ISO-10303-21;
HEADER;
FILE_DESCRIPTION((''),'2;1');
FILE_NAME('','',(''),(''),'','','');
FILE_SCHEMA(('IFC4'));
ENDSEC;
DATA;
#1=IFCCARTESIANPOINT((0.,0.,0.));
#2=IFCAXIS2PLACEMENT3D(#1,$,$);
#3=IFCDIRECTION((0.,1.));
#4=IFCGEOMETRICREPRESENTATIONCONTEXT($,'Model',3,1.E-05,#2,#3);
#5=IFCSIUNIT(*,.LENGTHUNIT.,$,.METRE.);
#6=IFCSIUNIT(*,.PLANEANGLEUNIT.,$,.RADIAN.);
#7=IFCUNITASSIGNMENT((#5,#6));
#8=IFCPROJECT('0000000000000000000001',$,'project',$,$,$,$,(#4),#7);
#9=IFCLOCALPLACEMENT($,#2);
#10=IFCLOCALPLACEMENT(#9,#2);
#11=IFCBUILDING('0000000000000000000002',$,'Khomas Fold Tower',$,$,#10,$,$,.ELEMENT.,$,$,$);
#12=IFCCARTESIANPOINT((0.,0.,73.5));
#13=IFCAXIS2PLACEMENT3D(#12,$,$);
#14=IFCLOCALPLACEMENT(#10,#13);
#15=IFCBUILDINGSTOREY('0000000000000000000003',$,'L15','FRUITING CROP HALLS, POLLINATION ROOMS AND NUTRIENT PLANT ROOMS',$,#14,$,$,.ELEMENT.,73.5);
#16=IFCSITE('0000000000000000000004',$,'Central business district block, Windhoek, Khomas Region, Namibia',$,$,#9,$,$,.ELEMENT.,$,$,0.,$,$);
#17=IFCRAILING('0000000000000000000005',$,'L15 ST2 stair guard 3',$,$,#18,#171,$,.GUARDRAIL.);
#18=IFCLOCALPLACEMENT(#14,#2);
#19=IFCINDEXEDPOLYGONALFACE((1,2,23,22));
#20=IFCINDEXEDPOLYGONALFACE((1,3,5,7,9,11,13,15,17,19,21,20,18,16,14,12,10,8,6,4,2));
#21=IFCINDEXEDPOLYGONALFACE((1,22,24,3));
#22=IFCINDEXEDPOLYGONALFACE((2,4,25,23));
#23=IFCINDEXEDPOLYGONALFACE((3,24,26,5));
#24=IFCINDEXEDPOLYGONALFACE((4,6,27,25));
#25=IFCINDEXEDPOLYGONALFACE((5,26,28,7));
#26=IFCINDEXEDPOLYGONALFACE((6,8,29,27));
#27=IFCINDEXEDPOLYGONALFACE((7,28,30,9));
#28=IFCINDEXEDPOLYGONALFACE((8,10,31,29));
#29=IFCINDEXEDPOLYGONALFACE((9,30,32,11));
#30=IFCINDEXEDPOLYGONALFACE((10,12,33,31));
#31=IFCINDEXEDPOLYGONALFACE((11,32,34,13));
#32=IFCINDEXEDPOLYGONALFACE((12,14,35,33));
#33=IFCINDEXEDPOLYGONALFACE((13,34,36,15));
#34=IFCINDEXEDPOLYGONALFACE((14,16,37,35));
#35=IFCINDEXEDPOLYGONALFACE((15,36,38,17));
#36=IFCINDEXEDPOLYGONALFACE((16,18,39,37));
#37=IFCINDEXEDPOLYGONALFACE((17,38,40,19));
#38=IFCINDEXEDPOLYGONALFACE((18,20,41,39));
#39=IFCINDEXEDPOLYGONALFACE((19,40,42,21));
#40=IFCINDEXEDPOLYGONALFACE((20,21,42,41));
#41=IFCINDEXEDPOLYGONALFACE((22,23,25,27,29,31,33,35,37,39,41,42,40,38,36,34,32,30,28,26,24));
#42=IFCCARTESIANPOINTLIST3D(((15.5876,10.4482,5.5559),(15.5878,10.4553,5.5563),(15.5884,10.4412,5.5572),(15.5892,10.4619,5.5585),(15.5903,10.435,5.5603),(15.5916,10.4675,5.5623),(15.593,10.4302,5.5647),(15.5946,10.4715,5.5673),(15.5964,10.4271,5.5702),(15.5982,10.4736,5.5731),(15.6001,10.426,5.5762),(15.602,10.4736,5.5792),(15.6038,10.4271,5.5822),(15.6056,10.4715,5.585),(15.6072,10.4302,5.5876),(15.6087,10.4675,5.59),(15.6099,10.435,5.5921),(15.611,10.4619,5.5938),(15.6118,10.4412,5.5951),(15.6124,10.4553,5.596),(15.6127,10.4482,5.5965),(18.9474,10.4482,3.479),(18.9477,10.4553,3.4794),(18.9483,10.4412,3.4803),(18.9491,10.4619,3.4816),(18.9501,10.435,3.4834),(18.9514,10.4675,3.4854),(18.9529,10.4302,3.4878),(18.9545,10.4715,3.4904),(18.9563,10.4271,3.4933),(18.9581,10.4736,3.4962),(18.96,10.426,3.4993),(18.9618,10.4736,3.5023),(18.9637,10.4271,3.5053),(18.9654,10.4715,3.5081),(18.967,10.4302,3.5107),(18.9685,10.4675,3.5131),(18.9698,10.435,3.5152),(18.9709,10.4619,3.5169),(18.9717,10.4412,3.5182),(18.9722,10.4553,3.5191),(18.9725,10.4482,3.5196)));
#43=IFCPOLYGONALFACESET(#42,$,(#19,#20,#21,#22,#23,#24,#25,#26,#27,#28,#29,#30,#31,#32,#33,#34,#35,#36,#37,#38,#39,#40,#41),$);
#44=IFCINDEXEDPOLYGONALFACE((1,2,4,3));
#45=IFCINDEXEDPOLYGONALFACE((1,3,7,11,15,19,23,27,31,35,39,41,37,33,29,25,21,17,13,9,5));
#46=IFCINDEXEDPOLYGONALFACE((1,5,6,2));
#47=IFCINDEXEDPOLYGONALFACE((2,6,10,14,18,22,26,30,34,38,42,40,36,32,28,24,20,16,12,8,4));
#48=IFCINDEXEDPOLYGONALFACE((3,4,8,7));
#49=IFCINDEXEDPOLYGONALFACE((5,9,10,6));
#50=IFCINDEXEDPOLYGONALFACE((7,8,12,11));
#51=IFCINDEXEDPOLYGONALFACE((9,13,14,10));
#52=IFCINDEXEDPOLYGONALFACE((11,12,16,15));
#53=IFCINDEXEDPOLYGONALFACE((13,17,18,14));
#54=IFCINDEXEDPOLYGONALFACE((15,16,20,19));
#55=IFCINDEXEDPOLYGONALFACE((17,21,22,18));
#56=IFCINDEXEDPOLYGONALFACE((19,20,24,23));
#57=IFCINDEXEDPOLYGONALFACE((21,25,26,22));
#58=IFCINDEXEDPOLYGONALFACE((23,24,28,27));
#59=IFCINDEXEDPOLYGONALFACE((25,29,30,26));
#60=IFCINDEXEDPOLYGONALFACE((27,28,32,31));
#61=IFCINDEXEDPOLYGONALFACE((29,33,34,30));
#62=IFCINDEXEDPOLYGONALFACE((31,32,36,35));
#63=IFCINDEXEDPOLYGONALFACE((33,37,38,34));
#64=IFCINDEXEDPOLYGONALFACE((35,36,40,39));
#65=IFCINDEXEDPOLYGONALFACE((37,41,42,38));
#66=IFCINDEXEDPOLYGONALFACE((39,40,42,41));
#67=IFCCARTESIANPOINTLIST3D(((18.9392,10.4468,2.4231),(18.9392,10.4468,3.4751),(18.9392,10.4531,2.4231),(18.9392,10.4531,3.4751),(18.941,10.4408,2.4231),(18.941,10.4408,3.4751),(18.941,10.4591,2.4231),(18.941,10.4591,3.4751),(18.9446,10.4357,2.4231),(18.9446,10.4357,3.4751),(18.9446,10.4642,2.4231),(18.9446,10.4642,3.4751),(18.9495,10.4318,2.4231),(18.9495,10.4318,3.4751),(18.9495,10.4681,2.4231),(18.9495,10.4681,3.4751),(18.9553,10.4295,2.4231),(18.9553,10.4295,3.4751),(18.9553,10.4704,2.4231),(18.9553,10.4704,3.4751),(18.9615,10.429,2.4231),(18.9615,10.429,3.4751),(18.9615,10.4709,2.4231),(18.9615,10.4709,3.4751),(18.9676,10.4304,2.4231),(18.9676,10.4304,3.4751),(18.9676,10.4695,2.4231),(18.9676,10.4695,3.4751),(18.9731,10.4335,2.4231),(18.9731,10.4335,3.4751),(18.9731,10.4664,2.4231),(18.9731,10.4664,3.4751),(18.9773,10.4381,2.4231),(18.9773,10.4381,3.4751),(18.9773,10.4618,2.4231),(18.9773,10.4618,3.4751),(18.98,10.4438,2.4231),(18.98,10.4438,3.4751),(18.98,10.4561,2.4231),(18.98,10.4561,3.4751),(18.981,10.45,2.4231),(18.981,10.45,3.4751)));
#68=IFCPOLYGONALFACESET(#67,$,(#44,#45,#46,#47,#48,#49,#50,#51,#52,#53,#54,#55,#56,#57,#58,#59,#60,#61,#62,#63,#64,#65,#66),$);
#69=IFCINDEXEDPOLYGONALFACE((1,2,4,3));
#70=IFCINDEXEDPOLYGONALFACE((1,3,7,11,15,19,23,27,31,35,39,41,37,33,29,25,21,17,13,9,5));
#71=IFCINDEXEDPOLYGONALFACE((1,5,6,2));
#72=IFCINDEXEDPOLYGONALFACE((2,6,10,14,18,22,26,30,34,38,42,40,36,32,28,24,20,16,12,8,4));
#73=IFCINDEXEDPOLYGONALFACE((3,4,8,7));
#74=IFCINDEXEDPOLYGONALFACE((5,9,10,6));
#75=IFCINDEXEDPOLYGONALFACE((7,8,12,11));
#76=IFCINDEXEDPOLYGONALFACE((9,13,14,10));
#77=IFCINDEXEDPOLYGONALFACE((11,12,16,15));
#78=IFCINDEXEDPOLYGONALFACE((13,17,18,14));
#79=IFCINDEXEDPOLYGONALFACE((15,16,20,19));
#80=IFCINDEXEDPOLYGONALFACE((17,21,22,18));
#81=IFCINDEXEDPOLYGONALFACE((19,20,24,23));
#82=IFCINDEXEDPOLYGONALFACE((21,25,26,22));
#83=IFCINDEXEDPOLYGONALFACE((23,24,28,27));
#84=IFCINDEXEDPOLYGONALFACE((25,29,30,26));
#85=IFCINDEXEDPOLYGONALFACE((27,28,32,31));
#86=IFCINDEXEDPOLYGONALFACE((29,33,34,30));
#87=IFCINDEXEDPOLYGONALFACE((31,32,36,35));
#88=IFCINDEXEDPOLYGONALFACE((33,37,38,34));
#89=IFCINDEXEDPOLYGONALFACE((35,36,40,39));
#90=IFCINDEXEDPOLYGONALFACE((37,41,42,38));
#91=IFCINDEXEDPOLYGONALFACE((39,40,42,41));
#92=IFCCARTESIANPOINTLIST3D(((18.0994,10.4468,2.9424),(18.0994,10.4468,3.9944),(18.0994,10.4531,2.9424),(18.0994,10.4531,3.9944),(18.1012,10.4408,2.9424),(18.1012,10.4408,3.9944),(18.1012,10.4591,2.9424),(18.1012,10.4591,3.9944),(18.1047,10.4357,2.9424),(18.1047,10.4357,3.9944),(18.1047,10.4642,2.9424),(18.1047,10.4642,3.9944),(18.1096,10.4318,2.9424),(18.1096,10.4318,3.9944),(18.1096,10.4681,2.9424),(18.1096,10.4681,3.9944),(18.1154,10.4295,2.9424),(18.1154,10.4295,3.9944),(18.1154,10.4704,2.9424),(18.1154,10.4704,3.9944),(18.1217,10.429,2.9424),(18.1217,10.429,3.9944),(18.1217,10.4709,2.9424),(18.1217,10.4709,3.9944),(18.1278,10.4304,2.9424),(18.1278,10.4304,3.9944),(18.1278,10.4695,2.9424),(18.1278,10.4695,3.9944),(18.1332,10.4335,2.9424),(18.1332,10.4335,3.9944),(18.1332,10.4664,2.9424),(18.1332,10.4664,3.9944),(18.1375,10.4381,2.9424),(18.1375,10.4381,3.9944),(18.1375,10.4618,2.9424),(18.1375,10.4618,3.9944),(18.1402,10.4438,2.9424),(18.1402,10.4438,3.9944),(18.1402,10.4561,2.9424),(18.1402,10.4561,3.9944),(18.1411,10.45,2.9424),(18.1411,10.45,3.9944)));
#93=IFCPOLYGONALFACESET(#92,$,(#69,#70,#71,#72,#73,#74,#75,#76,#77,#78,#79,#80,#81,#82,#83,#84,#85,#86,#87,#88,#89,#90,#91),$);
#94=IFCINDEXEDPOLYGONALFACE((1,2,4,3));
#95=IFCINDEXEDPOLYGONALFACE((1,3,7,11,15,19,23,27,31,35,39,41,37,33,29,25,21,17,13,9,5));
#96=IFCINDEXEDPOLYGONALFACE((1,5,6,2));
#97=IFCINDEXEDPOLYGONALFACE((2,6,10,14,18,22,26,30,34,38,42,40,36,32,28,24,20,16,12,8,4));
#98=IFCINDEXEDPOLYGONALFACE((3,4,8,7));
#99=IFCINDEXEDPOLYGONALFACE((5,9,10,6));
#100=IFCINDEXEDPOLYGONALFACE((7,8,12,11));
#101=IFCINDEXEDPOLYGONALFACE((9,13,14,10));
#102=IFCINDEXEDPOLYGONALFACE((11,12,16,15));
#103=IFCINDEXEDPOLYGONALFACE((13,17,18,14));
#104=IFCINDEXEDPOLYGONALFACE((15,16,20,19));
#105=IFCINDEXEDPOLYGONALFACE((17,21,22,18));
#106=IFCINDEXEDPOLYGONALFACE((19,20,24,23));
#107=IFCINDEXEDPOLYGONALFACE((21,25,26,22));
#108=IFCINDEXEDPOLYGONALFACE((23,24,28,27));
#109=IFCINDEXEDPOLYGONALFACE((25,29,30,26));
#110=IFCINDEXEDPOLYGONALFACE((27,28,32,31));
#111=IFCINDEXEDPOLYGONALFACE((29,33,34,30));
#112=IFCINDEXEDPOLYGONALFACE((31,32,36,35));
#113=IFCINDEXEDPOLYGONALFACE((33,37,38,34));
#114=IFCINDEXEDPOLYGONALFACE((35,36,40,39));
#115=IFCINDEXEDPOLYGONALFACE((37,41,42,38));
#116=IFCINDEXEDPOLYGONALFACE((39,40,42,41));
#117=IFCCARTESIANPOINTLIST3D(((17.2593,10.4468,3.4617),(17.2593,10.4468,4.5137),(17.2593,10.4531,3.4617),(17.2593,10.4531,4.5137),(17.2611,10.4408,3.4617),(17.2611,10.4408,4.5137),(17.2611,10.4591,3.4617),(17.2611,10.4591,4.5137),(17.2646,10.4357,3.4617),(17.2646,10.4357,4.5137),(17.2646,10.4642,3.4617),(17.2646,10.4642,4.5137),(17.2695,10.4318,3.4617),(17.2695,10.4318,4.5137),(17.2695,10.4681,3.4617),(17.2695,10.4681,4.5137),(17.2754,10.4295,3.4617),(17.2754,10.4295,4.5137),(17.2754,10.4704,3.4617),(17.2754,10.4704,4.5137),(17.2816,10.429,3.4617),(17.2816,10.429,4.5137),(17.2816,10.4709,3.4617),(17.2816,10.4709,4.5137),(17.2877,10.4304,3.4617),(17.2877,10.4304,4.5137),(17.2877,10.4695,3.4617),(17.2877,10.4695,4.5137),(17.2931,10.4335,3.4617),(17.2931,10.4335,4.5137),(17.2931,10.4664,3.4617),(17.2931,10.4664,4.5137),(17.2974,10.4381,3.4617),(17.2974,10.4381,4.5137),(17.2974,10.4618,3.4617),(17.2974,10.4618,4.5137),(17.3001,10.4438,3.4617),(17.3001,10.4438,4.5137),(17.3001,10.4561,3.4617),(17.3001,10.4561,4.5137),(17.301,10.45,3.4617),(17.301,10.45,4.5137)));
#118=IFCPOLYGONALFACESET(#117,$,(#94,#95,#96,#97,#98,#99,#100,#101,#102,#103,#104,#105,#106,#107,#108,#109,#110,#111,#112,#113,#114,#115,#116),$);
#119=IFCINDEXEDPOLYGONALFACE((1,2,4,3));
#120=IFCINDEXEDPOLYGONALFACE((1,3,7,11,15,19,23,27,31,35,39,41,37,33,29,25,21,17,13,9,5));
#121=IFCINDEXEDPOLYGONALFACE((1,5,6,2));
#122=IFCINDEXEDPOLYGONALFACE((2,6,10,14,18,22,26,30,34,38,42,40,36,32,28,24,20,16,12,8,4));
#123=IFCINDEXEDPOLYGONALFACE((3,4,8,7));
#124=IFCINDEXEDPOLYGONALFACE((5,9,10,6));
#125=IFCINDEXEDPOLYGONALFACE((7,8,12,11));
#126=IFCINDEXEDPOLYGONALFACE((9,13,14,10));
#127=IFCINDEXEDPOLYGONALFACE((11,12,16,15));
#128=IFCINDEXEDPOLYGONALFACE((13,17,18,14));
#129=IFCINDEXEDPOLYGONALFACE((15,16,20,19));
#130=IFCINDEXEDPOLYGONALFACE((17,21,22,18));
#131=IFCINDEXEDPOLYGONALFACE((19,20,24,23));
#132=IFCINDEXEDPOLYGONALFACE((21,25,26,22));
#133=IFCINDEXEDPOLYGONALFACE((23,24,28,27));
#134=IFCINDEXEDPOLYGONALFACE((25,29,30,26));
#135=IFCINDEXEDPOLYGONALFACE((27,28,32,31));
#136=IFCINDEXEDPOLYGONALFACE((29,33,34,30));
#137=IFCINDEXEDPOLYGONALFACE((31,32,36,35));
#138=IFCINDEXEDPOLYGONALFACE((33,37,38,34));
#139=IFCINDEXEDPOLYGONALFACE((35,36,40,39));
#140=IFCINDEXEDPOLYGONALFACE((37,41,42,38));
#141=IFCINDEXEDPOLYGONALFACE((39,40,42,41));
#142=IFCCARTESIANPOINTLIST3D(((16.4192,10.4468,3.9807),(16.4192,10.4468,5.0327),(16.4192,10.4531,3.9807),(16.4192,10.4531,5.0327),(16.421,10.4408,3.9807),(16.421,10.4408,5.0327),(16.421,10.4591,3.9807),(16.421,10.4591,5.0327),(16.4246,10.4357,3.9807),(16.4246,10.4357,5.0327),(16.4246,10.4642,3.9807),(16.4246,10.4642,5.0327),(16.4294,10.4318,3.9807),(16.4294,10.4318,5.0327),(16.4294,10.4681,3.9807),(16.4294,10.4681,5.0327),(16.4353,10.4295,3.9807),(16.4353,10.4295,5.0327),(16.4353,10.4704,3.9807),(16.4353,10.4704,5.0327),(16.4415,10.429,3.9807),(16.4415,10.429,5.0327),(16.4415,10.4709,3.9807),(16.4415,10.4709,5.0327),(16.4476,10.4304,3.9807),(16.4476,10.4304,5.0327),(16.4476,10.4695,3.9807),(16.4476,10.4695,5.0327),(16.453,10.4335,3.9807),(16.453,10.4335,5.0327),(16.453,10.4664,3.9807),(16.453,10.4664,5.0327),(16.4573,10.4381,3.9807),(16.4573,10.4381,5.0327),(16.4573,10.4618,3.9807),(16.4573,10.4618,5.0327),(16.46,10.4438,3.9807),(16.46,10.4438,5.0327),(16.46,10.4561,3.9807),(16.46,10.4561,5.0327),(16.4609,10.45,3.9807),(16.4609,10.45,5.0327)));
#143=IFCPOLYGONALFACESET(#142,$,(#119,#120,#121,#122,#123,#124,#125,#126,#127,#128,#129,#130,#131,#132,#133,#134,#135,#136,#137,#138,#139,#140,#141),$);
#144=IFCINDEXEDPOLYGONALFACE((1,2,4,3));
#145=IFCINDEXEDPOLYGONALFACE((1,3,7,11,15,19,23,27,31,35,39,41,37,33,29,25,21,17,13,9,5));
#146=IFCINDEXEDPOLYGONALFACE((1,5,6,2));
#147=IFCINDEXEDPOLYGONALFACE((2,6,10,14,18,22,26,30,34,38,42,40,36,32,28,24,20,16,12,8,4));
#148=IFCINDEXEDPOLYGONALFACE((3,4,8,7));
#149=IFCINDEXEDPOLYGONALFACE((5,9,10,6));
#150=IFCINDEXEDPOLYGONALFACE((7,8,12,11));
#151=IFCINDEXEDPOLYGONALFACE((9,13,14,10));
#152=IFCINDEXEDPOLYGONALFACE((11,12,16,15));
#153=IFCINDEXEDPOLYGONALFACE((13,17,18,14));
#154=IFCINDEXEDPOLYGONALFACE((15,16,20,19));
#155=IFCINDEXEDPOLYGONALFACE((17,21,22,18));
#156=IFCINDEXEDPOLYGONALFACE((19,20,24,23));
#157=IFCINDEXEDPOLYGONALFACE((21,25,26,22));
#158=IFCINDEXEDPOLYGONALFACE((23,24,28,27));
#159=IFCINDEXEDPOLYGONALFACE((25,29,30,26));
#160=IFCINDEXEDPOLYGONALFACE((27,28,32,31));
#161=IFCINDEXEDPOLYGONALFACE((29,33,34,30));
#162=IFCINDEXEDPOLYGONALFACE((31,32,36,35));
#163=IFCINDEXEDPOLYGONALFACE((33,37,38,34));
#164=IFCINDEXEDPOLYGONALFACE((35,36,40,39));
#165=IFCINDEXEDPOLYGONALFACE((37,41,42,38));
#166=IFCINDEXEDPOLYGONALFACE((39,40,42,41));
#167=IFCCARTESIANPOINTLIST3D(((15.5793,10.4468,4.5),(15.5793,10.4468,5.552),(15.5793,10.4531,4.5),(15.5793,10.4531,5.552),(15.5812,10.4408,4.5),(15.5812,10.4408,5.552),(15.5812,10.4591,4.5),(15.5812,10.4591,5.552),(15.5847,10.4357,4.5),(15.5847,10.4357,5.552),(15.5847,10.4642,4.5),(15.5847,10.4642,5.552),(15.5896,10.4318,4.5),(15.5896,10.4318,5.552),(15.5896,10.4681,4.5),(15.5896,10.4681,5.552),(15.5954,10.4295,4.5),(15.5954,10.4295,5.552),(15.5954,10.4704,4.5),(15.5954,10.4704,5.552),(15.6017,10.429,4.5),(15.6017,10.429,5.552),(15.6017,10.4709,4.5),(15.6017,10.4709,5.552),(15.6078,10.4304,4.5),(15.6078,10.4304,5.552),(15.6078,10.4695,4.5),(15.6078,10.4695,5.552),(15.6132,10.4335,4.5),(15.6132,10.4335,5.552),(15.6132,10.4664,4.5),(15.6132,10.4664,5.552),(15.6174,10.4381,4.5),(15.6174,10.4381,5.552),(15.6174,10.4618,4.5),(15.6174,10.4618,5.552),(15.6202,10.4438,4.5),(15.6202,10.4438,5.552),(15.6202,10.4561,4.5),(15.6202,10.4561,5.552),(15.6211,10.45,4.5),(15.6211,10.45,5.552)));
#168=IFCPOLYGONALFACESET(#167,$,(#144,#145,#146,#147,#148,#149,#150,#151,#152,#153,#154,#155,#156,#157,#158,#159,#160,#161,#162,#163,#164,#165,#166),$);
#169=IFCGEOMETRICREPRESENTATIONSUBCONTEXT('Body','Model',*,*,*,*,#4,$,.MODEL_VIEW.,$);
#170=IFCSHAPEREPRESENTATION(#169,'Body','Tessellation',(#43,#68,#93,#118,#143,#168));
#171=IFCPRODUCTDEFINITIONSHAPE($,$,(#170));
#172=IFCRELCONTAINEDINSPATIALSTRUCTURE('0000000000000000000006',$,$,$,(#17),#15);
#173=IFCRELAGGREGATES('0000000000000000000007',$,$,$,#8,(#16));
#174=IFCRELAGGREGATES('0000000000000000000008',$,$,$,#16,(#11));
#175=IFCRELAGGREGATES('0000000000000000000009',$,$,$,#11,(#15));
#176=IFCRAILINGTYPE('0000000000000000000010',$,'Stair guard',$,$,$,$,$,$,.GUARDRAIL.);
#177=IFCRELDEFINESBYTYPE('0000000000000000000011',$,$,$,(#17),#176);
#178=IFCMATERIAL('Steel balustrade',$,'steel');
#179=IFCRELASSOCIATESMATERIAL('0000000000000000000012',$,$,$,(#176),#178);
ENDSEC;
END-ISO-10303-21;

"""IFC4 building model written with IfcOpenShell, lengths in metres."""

from ifc_helpers import new_model, si_unit, direction, frame, origin, origin_2d, place, context, subcontext, project, spatial, circle, extrude, source, transform, mapped, material, type_object, element, save


model = new_model("IFC4")

# Units and contexts
model_context = context("Model", 3, precision=1e-05, world=origin(), true_north=direction((0.0, 1.0)))
body_context = subcontext(model_context, "Body", "Model", "MODEL_VIEW")
ifc_project = project(units=[si_unit("LENGTHUNIT", "METRE"), si_unit("PLANEANGLEUNIT", "RADIAN")], contexts=[model_context])

# Site, building, storey
site_placement = place(None, origin())
site = spatial("IfcSite", under=ifc_project, at=site_placement, Name="Central business district block, Windhoek, Khomas Region, Namibia", CompositionType="ELEMENT", RefElevation=0.0)
building_placement = place(site_placement, origin())
building = spatial("IfcBuilding", under=site, at=building_placement, Name="Khomas Fold Tower", CompositionType="ELEMENT")
storey_placement = place(building_placement, frame((0.0, 0.0, 73.5)))
storey = spatial("IfcBuildingStorey", under=building, at=storey_placement, Name="L15", Description="FRUITING CROP HALLS, POLLINATION ROOMS AND NUTRIENT PLANT ROOMS", CompositionType="ELEMENT", Elevation=73.5)

# Railing
ifc_material_1 = material(Name="Steel balustrade", Category="steel")
railing_type_1 = type_object("IfcRailingType", Name="Stair guard", PredefinedType="GUARDRAIL", material=ifc_material_1)
shared_shape_1 = source(origin(), body_context, "Body", "SweptSolid", [
    extrude(circle(Radius=0.0239, at=origin_2d()), frame((0.0, 0.0, 1.0762), z_axis=(-0.850606, 0.0, 0.525803), x_axis=(0.0, -1.0, 0.0)), (0.0, 0.0, 1.0), 3.95),
    extrude(circle(Radius=0.021, at=origin_2d()), origin(), (0.0, 0.0, 1.0), 1.052),
    extrude(circle(Radius=0.021, at=origin_2d()), frame((-0.8398, 0.0, 0.5193)), (0.0, 0.0, 1.0), 1.052),
    extrude(circle(Radius=0.021, at=origin_2d()), frame((-1.6799, 0.0, 1.0386)), (0.0, 0.0, 1.0), 1.052),
    extrude(circle(Radius=0.021, at=origin_2d()), frame((-2.52, 0.0, 1.5576)), (0.0, 0.0, 1.0), 1.052),
    extrude(circle(Radius=0.021, at=origin_2d()), frame((-3.3599, 0.0, 2.0769)), (0.0, 0.0, 1.0), 1.052),
])
railing_1_placement = place(storey_placement, frame((18.96, 10.45, 2.4231)))
element("IfcRailing", 1, at=railing_1_placement, inside=storey, type_object=railing_type_1, Name="L15 ST2 stair guard 3", PredefinedType="GUARDRAIL", context=body_context, shape_type="MappedRepresentation", body=[
    mapped(shared_shape_1, transform((0.0, 0.0, 0.0))),
])

save(model, "model.ifc")
